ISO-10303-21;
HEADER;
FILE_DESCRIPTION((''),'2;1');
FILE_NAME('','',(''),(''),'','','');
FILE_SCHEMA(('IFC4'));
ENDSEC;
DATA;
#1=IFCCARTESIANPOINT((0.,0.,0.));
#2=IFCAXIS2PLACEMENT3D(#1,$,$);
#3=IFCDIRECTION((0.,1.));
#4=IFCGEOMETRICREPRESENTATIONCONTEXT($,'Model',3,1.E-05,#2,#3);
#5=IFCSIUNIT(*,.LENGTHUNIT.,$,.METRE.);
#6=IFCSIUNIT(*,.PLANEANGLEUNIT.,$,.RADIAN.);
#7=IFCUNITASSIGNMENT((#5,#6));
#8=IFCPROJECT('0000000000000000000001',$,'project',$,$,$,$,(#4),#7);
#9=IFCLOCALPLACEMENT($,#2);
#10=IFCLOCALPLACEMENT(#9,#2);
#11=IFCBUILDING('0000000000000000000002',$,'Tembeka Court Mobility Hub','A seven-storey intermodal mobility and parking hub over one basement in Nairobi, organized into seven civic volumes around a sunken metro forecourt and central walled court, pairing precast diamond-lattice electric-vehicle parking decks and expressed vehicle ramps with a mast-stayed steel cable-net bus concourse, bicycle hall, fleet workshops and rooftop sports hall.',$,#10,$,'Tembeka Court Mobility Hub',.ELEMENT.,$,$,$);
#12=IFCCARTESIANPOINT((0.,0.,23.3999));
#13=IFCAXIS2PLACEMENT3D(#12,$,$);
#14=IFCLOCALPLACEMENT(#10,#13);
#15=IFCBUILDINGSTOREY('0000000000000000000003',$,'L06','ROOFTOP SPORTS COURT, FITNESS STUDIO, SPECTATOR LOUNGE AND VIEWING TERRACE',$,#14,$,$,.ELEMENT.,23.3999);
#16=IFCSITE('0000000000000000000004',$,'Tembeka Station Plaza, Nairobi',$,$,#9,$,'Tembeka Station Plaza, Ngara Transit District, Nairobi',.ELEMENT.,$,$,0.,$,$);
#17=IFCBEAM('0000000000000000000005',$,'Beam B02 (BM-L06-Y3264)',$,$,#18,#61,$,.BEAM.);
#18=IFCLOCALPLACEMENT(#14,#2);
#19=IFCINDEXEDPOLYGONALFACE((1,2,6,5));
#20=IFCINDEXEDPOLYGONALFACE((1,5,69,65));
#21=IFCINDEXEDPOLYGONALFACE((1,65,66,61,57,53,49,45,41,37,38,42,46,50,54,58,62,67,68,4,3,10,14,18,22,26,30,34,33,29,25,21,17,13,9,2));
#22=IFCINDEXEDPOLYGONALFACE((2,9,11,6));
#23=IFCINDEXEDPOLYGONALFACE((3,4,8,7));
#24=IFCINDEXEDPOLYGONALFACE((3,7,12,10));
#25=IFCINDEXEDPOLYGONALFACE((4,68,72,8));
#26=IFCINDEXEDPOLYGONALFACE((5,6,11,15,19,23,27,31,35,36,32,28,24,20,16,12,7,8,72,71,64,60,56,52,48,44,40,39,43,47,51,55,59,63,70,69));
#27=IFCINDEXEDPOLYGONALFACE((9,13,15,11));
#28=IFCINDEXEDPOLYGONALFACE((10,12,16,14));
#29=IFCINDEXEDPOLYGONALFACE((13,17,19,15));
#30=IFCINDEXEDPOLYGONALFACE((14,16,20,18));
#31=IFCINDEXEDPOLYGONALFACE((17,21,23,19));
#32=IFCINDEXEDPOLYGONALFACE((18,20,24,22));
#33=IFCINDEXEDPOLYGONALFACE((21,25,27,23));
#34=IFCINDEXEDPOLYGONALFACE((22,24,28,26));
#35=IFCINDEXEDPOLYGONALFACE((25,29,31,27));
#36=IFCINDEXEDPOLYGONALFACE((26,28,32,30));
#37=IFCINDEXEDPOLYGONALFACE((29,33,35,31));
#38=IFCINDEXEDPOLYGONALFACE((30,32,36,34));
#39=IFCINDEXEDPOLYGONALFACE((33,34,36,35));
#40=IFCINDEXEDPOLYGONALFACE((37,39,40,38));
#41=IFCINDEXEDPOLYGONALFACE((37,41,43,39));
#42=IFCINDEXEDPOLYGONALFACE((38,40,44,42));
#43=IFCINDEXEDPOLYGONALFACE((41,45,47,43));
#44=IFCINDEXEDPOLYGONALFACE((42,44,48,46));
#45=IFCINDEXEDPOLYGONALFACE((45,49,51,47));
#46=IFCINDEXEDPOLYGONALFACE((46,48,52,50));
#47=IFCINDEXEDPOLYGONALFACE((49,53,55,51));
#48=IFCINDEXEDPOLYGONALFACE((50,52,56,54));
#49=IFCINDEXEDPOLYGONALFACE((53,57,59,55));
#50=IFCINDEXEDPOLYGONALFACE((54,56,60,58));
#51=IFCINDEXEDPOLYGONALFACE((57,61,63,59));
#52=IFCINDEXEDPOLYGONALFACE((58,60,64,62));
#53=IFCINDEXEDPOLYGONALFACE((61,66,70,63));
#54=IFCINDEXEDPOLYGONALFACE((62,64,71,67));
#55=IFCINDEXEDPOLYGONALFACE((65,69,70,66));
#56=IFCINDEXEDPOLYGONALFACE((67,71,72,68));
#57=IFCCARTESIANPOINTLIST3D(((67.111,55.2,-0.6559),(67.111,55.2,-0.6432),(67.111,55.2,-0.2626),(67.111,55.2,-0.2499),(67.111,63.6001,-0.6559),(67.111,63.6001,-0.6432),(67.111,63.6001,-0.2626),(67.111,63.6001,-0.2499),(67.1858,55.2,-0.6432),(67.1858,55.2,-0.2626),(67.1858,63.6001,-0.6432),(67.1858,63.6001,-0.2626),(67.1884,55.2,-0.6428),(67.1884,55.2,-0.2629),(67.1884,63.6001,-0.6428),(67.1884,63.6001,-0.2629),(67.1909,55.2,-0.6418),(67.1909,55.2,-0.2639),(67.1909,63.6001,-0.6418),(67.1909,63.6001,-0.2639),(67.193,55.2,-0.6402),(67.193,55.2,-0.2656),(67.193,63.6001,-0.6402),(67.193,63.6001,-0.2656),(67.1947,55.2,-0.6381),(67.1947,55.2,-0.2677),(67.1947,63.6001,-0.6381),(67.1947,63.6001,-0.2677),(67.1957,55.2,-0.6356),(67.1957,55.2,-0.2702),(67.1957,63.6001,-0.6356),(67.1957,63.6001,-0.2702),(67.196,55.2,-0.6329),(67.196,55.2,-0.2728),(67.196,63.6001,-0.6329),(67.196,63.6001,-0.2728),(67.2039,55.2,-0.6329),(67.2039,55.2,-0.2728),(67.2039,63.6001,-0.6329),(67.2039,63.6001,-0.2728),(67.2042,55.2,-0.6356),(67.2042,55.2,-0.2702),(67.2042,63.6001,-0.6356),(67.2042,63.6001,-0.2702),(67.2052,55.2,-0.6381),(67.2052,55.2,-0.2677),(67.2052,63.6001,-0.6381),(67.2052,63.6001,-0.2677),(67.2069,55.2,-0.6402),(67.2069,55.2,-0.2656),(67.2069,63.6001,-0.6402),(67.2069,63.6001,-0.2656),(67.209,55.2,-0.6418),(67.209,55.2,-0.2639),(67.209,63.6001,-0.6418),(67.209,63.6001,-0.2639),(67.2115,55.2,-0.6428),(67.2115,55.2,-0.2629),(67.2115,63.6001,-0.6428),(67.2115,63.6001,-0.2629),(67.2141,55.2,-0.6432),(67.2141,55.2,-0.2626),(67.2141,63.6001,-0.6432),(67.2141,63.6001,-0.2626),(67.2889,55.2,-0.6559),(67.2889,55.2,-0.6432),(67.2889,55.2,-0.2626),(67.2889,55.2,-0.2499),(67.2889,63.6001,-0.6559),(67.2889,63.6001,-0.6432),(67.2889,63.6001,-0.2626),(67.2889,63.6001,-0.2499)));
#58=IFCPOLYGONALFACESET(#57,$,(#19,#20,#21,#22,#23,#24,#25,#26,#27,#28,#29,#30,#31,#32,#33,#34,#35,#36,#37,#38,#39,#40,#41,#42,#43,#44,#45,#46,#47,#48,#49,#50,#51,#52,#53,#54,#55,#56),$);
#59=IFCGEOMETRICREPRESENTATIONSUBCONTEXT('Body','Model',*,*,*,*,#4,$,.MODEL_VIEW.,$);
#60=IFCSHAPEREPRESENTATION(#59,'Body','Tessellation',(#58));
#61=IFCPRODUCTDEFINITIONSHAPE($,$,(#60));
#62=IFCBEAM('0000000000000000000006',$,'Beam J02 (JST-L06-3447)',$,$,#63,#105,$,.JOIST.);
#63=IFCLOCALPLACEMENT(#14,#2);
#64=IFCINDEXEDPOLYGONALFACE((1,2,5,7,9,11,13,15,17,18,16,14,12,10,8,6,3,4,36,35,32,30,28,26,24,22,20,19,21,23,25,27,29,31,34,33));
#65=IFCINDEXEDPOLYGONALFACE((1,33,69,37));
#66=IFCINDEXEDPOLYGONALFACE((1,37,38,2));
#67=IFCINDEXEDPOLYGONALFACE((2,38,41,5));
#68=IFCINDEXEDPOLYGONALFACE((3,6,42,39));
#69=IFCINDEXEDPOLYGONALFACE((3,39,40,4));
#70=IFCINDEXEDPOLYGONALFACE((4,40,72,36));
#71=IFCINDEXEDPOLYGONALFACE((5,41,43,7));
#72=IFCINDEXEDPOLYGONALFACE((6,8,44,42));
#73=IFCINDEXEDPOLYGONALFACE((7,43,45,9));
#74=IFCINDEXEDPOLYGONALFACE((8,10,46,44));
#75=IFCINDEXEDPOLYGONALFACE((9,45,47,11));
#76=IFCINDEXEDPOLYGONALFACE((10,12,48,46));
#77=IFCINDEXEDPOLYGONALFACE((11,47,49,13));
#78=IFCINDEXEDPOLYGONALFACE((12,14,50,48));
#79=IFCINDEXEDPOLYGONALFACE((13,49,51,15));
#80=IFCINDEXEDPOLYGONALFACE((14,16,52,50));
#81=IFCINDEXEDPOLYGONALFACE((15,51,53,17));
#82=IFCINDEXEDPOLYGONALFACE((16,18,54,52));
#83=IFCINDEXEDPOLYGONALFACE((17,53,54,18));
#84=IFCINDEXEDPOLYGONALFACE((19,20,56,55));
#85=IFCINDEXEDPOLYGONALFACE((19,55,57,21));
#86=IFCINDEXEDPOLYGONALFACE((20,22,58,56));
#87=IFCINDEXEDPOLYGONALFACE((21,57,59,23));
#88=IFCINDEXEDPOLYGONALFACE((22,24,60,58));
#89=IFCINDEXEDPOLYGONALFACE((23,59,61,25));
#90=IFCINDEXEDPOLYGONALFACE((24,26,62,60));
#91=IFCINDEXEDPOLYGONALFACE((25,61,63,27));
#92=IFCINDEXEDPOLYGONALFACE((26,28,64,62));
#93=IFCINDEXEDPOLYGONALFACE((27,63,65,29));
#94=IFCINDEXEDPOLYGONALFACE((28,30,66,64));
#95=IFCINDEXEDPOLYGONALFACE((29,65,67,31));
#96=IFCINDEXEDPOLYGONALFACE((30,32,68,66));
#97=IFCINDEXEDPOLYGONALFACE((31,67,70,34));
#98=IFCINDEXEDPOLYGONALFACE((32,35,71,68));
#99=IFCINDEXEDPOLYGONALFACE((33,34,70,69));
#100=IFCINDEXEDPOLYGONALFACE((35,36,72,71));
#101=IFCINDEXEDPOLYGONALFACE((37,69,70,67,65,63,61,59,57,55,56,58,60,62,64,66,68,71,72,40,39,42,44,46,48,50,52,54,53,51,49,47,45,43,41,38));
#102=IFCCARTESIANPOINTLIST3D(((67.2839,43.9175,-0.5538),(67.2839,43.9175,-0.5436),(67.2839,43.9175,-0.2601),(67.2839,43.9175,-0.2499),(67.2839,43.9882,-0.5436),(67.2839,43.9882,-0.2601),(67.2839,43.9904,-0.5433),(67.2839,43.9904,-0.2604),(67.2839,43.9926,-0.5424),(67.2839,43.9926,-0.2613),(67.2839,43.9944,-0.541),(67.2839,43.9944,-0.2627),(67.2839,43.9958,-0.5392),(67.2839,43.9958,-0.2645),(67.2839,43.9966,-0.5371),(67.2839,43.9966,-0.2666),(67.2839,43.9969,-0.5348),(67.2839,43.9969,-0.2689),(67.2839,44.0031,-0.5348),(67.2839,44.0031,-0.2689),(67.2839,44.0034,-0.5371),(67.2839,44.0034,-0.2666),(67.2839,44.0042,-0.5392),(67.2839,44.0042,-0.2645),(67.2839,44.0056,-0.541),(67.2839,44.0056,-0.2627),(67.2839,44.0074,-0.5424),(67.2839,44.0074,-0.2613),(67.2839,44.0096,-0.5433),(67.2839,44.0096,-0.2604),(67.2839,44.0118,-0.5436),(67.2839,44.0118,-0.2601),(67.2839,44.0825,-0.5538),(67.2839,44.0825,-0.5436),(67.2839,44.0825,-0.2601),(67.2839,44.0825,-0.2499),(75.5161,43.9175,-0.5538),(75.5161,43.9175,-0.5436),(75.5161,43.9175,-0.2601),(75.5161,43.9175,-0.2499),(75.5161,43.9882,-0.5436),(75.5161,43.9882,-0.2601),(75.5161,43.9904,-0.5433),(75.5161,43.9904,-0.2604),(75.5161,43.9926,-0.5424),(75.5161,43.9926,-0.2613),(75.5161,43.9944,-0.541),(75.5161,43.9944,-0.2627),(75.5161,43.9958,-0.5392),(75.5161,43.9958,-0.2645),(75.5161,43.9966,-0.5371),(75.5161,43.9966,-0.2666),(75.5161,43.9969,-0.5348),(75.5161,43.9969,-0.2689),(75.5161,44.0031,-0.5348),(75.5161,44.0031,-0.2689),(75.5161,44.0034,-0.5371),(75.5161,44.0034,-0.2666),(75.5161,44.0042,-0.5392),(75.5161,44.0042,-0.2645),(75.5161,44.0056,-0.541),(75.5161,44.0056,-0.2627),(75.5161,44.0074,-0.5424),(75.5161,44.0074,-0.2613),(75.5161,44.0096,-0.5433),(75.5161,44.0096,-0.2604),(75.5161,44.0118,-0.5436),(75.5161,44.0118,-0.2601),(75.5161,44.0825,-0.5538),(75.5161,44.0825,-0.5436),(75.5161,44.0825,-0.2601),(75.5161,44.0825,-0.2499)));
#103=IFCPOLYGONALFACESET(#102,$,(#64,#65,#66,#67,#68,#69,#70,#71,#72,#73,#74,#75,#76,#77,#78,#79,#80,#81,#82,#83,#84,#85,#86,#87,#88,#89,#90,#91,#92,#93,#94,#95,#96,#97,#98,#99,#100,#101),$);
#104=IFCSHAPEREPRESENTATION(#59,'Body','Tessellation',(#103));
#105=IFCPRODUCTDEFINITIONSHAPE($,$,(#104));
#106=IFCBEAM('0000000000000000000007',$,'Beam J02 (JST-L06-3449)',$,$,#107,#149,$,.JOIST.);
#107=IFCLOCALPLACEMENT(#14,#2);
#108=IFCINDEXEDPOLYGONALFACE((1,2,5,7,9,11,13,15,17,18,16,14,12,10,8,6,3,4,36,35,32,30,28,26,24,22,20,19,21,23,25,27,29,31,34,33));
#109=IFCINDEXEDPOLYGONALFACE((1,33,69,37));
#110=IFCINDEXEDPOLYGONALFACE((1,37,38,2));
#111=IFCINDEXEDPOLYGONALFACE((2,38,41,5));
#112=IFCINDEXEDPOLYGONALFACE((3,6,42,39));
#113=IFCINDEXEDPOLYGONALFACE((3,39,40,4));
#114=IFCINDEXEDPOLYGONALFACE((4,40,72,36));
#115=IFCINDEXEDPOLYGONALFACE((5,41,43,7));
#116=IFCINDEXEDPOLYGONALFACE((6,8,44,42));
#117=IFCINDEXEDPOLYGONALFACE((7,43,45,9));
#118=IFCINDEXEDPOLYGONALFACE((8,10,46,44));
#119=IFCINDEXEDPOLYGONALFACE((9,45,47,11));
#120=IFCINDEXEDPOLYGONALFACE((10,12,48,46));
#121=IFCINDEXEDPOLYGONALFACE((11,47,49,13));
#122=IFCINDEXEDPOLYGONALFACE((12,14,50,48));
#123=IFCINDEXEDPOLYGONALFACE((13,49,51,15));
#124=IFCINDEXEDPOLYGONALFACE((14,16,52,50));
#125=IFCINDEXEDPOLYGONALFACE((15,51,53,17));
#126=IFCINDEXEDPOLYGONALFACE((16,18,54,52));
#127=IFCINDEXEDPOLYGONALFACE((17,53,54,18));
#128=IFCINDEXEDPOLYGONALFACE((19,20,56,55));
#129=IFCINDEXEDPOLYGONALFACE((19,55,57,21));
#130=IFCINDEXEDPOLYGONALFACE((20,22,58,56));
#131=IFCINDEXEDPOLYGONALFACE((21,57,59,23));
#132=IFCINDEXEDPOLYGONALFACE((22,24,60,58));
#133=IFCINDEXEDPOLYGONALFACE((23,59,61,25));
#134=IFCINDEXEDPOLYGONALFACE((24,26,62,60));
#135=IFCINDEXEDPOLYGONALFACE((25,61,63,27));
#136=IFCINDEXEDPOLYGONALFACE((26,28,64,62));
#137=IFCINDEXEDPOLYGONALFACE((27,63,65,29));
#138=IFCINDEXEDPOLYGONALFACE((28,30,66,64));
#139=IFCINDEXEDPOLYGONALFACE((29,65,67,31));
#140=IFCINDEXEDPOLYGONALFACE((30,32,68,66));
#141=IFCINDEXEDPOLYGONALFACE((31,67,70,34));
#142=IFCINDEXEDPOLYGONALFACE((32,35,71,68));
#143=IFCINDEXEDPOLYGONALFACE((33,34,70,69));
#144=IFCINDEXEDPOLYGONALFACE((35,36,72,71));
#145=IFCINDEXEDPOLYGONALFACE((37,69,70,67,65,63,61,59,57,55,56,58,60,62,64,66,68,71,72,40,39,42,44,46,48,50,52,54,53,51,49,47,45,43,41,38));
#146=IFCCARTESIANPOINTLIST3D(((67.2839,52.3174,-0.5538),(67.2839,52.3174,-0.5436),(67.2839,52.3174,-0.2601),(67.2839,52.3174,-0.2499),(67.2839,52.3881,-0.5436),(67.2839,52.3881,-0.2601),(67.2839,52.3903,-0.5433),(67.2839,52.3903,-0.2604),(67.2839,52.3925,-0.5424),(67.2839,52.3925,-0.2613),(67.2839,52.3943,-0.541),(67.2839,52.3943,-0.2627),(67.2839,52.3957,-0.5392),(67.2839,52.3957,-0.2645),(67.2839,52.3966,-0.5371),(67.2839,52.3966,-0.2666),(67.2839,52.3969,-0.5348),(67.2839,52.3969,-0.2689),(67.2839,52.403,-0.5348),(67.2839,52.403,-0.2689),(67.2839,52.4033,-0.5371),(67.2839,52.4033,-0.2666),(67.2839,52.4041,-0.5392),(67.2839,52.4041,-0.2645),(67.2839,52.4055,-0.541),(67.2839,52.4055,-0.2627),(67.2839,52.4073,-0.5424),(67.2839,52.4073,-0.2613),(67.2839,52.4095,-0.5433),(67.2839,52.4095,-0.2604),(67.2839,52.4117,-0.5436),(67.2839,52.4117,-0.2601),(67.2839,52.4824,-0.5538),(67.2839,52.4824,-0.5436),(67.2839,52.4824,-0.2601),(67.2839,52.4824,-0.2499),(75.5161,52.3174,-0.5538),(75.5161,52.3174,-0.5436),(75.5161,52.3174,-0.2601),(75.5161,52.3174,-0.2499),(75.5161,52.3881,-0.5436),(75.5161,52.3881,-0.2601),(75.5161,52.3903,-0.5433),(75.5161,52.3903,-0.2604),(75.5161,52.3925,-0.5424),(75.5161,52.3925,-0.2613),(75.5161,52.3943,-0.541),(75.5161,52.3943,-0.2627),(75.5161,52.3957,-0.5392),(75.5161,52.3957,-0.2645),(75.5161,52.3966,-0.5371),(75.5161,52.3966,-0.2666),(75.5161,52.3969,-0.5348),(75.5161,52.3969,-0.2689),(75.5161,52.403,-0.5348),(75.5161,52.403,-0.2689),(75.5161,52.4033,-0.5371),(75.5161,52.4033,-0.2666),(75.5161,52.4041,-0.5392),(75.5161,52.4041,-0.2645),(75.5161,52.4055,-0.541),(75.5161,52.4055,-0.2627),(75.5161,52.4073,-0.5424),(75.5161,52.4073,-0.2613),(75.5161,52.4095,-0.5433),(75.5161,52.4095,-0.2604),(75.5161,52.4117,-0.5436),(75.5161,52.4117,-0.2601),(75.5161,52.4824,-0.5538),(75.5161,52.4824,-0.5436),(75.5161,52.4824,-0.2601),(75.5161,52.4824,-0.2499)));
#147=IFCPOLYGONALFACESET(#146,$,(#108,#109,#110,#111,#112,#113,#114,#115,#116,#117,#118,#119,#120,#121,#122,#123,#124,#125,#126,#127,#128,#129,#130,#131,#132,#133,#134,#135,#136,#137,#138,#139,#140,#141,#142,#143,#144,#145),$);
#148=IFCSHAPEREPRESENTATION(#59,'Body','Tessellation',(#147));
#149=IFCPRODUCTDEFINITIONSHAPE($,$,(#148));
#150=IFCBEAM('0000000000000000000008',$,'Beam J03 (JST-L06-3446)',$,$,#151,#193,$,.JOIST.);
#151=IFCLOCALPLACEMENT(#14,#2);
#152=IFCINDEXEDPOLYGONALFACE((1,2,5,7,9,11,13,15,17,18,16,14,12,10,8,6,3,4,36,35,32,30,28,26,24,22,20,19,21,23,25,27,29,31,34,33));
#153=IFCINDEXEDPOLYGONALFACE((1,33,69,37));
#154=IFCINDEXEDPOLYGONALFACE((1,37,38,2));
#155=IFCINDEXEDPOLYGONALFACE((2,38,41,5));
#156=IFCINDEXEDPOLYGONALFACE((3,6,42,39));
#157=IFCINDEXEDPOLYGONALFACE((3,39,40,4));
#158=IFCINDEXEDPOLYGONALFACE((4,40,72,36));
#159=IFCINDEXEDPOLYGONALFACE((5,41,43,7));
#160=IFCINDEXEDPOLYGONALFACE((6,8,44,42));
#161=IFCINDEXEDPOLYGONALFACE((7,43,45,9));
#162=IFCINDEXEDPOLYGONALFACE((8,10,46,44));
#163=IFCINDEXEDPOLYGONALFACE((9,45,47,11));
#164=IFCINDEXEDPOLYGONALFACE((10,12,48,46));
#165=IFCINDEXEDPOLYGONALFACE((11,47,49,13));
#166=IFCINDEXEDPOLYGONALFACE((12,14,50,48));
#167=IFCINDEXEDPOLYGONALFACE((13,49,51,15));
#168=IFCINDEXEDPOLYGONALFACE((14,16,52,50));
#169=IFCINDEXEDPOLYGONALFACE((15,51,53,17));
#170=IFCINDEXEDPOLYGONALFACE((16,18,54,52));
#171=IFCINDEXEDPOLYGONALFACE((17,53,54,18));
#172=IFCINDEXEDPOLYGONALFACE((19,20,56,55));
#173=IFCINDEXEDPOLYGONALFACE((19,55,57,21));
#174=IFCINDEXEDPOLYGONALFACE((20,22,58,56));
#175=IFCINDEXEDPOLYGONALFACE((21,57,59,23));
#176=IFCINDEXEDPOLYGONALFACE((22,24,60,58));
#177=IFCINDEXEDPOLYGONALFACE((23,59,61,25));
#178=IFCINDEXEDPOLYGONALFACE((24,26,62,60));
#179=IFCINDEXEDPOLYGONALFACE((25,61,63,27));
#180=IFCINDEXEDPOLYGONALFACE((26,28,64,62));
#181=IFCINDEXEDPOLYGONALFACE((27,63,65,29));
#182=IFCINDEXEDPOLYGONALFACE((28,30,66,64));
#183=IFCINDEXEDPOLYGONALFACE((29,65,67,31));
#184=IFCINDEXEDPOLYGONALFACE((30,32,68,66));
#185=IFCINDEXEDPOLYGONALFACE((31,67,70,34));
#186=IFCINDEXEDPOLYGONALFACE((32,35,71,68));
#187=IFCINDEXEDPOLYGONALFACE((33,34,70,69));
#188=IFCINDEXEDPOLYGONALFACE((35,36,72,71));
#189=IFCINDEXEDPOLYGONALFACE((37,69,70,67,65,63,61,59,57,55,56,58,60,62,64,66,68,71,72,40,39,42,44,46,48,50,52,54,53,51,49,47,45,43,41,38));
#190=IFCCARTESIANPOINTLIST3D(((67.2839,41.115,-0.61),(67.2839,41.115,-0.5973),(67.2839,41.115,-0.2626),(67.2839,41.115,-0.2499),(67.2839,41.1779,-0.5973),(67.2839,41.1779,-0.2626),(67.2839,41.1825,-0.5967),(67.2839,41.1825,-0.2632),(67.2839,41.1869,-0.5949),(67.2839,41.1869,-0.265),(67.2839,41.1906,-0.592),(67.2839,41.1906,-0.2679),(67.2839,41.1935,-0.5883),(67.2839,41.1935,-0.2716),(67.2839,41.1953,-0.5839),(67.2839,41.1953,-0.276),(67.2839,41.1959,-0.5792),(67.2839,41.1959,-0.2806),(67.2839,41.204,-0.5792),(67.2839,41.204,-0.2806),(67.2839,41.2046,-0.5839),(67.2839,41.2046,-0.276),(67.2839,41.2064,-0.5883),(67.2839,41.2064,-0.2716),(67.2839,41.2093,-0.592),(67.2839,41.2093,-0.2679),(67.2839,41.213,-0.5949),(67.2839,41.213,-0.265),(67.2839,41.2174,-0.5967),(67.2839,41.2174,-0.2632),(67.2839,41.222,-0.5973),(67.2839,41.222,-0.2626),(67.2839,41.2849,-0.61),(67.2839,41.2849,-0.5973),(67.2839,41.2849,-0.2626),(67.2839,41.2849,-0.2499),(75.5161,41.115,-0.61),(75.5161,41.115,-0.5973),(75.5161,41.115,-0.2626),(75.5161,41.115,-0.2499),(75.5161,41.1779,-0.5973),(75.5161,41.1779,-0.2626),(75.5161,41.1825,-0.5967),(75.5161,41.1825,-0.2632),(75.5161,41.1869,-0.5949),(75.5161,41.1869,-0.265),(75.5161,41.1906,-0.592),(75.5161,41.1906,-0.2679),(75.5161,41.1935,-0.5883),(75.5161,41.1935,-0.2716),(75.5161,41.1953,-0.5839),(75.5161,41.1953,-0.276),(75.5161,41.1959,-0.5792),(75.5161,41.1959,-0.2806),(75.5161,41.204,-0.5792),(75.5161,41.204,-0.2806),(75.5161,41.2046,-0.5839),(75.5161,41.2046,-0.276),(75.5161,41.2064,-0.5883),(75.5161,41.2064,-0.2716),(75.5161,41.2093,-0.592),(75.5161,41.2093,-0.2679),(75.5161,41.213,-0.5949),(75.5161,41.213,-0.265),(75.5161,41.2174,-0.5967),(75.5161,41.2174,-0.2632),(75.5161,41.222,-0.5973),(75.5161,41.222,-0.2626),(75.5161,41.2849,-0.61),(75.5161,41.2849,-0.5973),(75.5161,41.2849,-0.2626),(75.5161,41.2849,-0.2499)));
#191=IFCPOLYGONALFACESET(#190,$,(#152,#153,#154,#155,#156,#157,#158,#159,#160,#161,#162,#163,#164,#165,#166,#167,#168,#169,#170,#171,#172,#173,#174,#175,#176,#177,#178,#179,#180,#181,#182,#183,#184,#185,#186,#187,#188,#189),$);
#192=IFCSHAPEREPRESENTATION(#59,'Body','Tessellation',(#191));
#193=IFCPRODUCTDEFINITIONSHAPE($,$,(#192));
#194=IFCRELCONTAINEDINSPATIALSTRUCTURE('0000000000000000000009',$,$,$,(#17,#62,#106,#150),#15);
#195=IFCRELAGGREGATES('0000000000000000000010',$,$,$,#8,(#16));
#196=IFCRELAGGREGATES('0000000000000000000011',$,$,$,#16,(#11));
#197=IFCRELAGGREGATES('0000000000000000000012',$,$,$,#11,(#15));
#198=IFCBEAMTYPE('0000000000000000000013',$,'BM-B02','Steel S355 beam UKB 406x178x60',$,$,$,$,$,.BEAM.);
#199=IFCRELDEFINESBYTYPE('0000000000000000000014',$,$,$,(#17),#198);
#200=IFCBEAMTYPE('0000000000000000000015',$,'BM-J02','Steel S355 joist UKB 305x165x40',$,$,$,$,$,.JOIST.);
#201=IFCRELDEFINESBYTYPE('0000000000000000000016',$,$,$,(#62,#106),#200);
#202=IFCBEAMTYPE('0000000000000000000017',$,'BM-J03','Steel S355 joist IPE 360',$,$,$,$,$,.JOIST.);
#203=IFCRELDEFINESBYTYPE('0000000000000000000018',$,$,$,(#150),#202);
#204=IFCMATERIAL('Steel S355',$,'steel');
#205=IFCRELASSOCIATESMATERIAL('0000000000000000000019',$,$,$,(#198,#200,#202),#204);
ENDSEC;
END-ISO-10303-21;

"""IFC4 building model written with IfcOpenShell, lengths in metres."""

from ifc_helpers import new_model, si_unit, direction, frame, origin, origin_2d, place, context, subcontext, project, spatial, i_section, extrude, material, material_profile, profile_set, type_object, element, save


model = new_model("IFC4")

# Units and contexts
model_context = context("Model", 3, precision=1e-05, world=origin(), true_north=direction((0.0, 1.0)))
body_context = subcontext(model_context, "Body", "Model", "MODEL_VIEW")
ifc_project = project(units=[si_unit("LENGTHUNIT", "METRE"), si_unit("PLANEANGLEUNIT", "RADIAN")], contexts=[model_context])

# Site, building, storey
site_placement = place(None, origin())
site = spatial("IfcSite", under=ifc_project, at=site_placement, Name="Tembeka Station Plaza, Nairobi", LongName="Tembeka Station Plaza, Ngara Transit District, Nairobi", CompositionType="ELEMENT", RefElevation=0.0)
building_placement = place(site_placement, origin())
building = spatial("IfcBuilding", under=site, at=building_placement, Name="Tembeka Court Mobility Hub", Description="A seven-storey intermodal mobility and parking hub over one basement in Nairobi, organized into seven civic volumes around a sunken metro forecourt and central walled court, pairing precast diamond-lattice electric-vehicle parking decks and expressed vehicle ramps with a mast-stayed steel cable-net bus concourse, bicycle hall, fleet workshops and rooftop sports hall.", LongName="Tembeka Court Mobility Hub", CompositionType="ELEMENT")
storey_placement = place(building_placement, frame((0.0, 0.0, 23.3999)))
storey = spatial("IfcBuildingStorey", under=building, at=storey_placement, Name="L06", Description="ROOFTOP SPORTS COURT, FITNESS STUDIO, SPECTATOR LOUNGE AND VIEWING TERRACE", CompositionType="ELEMENT", Elevation=23.3999)

# Shared definitions
ifc_material_1 = material(Name="Steel S355", Category="steel")

# Beams
ifc_material_profile_1 = material_profile(ifc_material_1, i_section(OverallWidth=0.178, OverallDepth=0.406, WebThickness=0.0078, FlangeThickness=0.0127, FilletRadius=0.0103, at=origin_2d()), Name="UKB 406x178x60")
ifc_profile_set_1 = profile_set([ifc_material_profile_1], Name="Steel S355")
beam_type_1 = type_object("IfcBeamType", Name="BM-B02", Description="Steel S355 beam UKB 406x178x60", PredefinedType="BEAM", material=ifc_profile_set_1)
beam_1_placement = place(storey_placement, frame((67.2, 55.2, -0.4529), z_axis=(0.0, 1.0, 0.0), x_axis=(-1.0, 0.0, 0.0)))
element("IfcBeam", 1, at=beam_1_placement, inside=storey, type_object=beam_type_1, Name="Beam B02 (BM-L06-Y3264)", PredefinedType="BEAM", context=body_context, shape_type="SweptSolid", body=[
    extrude(i_section(OverallWidth=0.178, OverallDepth=0.406, WebThickness=0.0078, FlangeThickness=0.0127, FilletRadius=0.0103, at=origin_2d()), origin(), (0.0, 0.0, 1.0), 8.4001),
])
ifc_material_profile_2 = material_profile(ifc_material_1, i_section(OverallWidth=0.165, OverallDepth=0.304, WebThickness=0.0061, FlangeThickness=0.0103, FilletRadius=0.0088, at=origin_2d()), Name="UKB 305x165x40")
ifc_profile_set_2 = profile_set([ifc_material_profile_2], Name="Steel S355")
beam_type_2 = type_object("IfcBeamType", Name="BM-J02", Description="Steel S355 joist UKB 305x165x40", PredefinedType="JOIST", material=ifc_profile_set_2)
for number, where, z_axis, x_axis, name in (
    (2, (67.2839, 44.0, -0.4019), (1.0, 0.0, 0.0), (0.0, 1.0, 0.0), "Beam J02 (JST-L06-3447)"),
    (3, (67.2839, 52.3999, -0.4019), (1.0, 0.0, 0.0), (0.0, 1.0, 0.0), "Beam J02 (JST-L06-3449)"),
):
    element("IfcBeam", number, at=place(storey_placement, frame(where, z_axis=z_axis, x_axis=x_axis)), inside=storey, type_object=beam_type_2, Name=name, PredefinedType="JOIST", context=body_context, shape_type="SweptSolid", body=[
        extrude(i_section(OverallWidth=0.165, OverallDepth=0.304, WebThickness=0.0061, FlangeThickness=0.0103, FilletRadius=0.0088, at=origin_2d()), origin(), (0.0, 0.0, 1.0), 8.2322),
    ])
ifc_material_profile_3 = material_profile(ifc_material_1, i_section(OverallWidth=0.1699, OverallDepth=0.3601, WebThickness=0.0081, FlangeThickness=0.0127, FilletRadius=0.0181, at=origin_2d()), Name="IPE 360")
ifc_profile_set_3 = profile_set([ifc_material_profile_3], Name="Steel S355")
beam_type_3 = type_object("IfcBeamType", Name="BM-J03", Description="Steel S355 joist IPE 360", PredefinedType="JOIST", material=ifc_profile_set_3)
for number, where, z_axis, x_axis, name in (
    (4, (67.2839, 41.2, -0.4299), (1.0, 0.0, 0.0), (0.0, 1.0, 0.0), "Beam J03 (JST-L06-3446)"),
):
    element("IfcBeam", number, at=place(storey_placement, frame(where, z_axis=z_axis, x_axis=x_axis)), inside=storey, type_object=beam_type_3, Name=name, PredefinedType="JOIST", context=body_context, shape_type="SweptSolid", body=[
        extrude(i_section(OverallWidth=0.1699, OverallDepth=0.3601, WebThickness=0.0081, FlangeThickness=0.0127, FilletRadius=0.0181, at=origin_2d()), origin(), (0.0, 0.0, 1.0), 8.2322),
    ])

save(model, "model.ifc")
